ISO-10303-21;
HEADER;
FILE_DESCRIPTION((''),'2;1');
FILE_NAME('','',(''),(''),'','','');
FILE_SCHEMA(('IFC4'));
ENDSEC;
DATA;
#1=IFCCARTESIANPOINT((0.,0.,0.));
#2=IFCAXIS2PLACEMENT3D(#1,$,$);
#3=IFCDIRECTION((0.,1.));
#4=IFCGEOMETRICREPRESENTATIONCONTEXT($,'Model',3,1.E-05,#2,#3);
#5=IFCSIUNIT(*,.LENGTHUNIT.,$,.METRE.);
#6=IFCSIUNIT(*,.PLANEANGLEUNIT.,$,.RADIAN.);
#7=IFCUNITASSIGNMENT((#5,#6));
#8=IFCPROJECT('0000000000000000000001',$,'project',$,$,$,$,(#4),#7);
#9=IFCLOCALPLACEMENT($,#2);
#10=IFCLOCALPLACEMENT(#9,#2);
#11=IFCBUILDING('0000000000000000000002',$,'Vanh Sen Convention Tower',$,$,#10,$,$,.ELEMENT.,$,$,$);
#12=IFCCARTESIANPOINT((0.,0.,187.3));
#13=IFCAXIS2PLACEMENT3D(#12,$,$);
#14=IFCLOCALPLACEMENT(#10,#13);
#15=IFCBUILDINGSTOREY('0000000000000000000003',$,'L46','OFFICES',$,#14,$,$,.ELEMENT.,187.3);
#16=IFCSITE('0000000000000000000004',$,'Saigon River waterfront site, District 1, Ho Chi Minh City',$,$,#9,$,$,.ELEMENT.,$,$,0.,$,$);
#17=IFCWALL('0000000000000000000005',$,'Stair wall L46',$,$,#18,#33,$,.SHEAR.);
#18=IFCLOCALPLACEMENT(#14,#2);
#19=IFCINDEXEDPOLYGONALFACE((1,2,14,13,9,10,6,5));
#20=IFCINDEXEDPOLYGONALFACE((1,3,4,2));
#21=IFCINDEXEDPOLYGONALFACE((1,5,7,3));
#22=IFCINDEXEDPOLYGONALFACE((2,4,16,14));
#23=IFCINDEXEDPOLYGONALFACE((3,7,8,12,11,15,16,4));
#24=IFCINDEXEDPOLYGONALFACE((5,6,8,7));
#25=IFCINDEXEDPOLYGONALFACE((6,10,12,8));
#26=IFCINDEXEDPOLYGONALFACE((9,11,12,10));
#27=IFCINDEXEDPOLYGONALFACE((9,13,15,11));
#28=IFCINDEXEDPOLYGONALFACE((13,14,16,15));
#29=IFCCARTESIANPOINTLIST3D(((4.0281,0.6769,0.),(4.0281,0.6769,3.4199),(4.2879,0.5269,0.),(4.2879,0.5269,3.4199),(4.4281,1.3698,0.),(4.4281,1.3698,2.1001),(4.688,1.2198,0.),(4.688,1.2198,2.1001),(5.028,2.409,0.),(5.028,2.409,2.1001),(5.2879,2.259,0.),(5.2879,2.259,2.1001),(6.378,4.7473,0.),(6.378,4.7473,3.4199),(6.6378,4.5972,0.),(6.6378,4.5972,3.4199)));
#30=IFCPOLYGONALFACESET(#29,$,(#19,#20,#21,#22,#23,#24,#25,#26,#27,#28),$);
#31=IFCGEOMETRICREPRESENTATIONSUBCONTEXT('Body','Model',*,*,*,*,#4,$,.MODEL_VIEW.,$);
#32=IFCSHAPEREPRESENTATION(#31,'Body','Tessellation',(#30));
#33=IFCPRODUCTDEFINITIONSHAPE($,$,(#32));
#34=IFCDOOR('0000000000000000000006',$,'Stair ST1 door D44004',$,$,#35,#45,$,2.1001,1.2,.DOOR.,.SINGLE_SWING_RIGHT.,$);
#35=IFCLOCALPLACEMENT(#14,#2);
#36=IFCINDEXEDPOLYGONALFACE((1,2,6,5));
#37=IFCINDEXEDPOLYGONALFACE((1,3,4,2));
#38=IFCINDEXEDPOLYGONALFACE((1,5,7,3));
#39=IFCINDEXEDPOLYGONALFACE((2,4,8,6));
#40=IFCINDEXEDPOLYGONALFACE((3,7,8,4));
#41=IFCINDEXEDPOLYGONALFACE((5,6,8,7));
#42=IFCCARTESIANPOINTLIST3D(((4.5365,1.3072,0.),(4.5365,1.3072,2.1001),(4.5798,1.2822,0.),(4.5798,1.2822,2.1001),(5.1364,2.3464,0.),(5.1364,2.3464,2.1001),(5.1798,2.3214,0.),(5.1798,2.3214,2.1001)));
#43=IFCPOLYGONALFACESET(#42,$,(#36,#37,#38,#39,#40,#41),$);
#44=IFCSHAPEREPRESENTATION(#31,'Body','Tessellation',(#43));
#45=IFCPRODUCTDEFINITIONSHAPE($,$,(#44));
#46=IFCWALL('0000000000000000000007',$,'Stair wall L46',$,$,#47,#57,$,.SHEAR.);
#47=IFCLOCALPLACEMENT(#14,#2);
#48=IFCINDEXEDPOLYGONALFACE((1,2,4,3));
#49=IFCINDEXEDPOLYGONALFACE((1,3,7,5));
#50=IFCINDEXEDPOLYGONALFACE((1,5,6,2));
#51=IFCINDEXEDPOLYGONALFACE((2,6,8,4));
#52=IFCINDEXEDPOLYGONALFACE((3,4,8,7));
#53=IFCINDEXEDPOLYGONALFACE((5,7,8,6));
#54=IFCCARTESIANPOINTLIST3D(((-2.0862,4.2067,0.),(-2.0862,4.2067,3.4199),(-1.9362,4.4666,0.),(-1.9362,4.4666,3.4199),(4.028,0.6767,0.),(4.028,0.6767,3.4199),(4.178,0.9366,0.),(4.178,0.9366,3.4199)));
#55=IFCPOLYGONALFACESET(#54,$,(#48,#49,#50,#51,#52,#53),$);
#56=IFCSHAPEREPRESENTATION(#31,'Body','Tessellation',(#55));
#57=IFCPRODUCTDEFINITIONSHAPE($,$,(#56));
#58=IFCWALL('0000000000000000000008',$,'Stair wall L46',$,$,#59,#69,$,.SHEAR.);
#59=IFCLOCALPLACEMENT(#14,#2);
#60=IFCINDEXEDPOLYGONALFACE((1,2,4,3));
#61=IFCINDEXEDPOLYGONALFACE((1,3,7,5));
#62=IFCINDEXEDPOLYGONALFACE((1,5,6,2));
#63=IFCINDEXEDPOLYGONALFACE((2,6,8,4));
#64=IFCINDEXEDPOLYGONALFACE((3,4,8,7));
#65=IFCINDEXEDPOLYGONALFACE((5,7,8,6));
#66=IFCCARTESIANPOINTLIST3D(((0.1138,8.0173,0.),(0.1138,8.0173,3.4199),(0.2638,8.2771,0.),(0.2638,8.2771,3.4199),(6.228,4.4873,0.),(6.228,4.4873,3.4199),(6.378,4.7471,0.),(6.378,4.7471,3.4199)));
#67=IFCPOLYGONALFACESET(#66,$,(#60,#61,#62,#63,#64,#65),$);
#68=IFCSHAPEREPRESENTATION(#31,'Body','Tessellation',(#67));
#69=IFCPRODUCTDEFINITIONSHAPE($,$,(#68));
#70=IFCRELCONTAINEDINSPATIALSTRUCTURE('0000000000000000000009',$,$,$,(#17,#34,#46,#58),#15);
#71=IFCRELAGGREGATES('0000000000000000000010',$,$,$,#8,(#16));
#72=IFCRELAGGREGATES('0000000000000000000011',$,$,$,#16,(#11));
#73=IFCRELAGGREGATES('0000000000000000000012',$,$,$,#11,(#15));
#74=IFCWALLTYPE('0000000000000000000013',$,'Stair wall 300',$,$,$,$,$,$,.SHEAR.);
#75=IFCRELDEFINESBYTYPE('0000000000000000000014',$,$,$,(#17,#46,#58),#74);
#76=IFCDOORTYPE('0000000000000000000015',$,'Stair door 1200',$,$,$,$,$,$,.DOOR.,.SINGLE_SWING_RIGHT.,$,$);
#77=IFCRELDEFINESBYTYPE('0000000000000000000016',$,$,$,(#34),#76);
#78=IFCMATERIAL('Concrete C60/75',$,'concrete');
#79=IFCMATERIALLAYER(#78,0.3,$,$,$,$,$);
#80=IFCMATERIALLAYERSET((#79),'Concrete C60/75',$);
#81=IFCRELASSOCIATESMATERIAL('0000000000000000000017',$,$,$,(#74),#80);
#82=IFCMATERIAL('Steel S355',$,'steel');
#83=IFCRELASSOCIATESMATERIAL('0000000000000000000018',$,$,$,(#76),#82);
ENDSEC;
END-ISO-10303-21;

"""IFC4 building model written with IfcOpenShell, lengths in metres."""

from ifc_helpers import new_model, si_unit, direction, frame, frame_2d, origin, place, context, subcontext, project, spatial, rectangle, extrude, material, layer, layer_set, type_object, element, fill, save


model = new_model("IFC4")

# Units and contexts
model_context = context("Model", 3, precision=1e-05, world=origin(), true_north=direction((0.0, 1.0)))
body_context = subcontext(model_context, "Body", "Model", "MODEL_VIEW")
ifc_project = project(units=[si_unit("LENGTHUNIT", "METRE"), si_unit("PLANEANGLEUNIT", "RADIAN")], contexts=[model_context])

# Site, building, storey
site_placement = place(None, origin())
site = spatial("IfcSite", under=ifc_project, at=site_placement, Name="Saigon River waterfront site, District 1, Ho Chi Minh City", CompositionType="ELEMENT", RefElevation=0.0)
building_placement = place(site_placement, origin())
building = spatial("IfcBuilding", under=site, at=building_placement, Name="Vanh Sen Convention Tower", CompositionType="ELEMENT")
storey_placement = place(building_placement, frame((0.0, 0.0, 187.3)))
storey = spatial("IfcBuildingStorey", under=building, at=storey_placement, Name="L46", Description="OFFICES", CompositionType="ELEMENT", Elevation=187.3)

# Shared definitions
ifc_material_1 = material(Name="Steel S355", Category="steel")

# Shared definitions
ifc_material_2 = material(Name="Concrete C60/75", Category="concrete")

# Wall, opening, door
ifc_layer_1 = layer(ifc_material_2, 0.3)
ifc_layer_set_1 = layer_set([ifc_layer_1], Name="Concrete C60/75")
wall_type_1 = type_object("IfcWallType", Name="Stair wall 300", PredefinedType="SHEAR", material=ifc_layer_set_1)
wall_1_placement = place(storey_placement, frame((4.158, 0.6018, 0.0), z_axis=(0.0, 0.0, 1.0), x_axis=(0.499977, 0.866039, 0.0)))
wall_1 = element("IfcWall", 1, at=wall_1_placement, inside=storey, type_object=wall_type_1, Name="Stair wall L46", PredefinedType="SHEAR", context=body_context, shape_type="SweptSolid", body=[
    extrude(rectangle(XDim=4.7, YDim=0.3, at=frame_2d((2.3501, 0.0))), origin(), (0.0, 0.0, 1.0), 3.4199),
])
opening_1_placement = place(wall_1_placement, frame((0.8, 0.0, 0.0)))
opening_1 = element("IfcOpeningElement", 2, at=opening_1_placement, cuts=wall_1, PredefinedType="OPENING", context=body_context, shape_type="SweptSolid", body=[
    extrude(rectangle(XDim=1.2, YDim=2.1001, at=frame_2d((0.6001, 1.05))), frame((0.0, 0.1599, 0.0), z_axis=(0.0, -1.0, 0.0), x_axis=(1.0, 0.0, 0.0)), (0.0, 0.0, 1.0), 0.3201),
])
door_type_1 = type_object("IfcDoorType", Name="Stair door 1200", OperationType="SINGLE_SWING_RIGHT", PredefinedType="DOOR", material=ifc_material_1)
door_1_placement = place(opening_1_placement, origin())
door_1 = element("IfcDoor", 3, at=door_1_placement, inside=storey, type_object=door_type_1, Name="Stair ST1 door D44004", OperationType="SINGLE_SWING_RIGHT", OverallHeight=2.1001, OverallWidth=1.2, PredefinedType="DOOR", context=body_context, shape_type="SweptSolid", body=[
    extrude(rectangle(XDim=1.2, YDim=2.1001, at=frame_2d((0.6001, 1.05))), frame((0.0, 0.0249, 0.0), z_axis=(0.0, -1.0, 0.0), x_axis=(1.0, 0.0, 0.0)), (0.0, 0.0, 1.0), 0.05),
])
fill(opening_1, door_1)

# Walls
for number, where, z_axis, x_axis, name in (
    (4, (4.103, 0.8066, 0.0), (0.0, 0.0, 1.0), (-0.866028, 0.499996, 0.0), "Stair wall L46"),
    (5, (6.303, 4.6172, 0.0), (0.0, 0.0, 1.0), (-0.866028, 0.499996, 0.0), "Stair wall L46"),
):
    element("IfcWall", number, at=place(storey_placement, frame(where, z_axis=z_axis, x_axis=x_axis)), inside=storey, type_object=wall_type_1, Name=name, PredefinedType="SHEAR", context=body_context, shape_type="SweptSolid", body=[
        extrude(rectangle(XDim=7.0601, YDim=0.3, at=frame_2d((3.53, 0.0))), origin(), (0.0, 0.0, 1.0), 3.4199),
    ])

save(model, "model.ifc")
